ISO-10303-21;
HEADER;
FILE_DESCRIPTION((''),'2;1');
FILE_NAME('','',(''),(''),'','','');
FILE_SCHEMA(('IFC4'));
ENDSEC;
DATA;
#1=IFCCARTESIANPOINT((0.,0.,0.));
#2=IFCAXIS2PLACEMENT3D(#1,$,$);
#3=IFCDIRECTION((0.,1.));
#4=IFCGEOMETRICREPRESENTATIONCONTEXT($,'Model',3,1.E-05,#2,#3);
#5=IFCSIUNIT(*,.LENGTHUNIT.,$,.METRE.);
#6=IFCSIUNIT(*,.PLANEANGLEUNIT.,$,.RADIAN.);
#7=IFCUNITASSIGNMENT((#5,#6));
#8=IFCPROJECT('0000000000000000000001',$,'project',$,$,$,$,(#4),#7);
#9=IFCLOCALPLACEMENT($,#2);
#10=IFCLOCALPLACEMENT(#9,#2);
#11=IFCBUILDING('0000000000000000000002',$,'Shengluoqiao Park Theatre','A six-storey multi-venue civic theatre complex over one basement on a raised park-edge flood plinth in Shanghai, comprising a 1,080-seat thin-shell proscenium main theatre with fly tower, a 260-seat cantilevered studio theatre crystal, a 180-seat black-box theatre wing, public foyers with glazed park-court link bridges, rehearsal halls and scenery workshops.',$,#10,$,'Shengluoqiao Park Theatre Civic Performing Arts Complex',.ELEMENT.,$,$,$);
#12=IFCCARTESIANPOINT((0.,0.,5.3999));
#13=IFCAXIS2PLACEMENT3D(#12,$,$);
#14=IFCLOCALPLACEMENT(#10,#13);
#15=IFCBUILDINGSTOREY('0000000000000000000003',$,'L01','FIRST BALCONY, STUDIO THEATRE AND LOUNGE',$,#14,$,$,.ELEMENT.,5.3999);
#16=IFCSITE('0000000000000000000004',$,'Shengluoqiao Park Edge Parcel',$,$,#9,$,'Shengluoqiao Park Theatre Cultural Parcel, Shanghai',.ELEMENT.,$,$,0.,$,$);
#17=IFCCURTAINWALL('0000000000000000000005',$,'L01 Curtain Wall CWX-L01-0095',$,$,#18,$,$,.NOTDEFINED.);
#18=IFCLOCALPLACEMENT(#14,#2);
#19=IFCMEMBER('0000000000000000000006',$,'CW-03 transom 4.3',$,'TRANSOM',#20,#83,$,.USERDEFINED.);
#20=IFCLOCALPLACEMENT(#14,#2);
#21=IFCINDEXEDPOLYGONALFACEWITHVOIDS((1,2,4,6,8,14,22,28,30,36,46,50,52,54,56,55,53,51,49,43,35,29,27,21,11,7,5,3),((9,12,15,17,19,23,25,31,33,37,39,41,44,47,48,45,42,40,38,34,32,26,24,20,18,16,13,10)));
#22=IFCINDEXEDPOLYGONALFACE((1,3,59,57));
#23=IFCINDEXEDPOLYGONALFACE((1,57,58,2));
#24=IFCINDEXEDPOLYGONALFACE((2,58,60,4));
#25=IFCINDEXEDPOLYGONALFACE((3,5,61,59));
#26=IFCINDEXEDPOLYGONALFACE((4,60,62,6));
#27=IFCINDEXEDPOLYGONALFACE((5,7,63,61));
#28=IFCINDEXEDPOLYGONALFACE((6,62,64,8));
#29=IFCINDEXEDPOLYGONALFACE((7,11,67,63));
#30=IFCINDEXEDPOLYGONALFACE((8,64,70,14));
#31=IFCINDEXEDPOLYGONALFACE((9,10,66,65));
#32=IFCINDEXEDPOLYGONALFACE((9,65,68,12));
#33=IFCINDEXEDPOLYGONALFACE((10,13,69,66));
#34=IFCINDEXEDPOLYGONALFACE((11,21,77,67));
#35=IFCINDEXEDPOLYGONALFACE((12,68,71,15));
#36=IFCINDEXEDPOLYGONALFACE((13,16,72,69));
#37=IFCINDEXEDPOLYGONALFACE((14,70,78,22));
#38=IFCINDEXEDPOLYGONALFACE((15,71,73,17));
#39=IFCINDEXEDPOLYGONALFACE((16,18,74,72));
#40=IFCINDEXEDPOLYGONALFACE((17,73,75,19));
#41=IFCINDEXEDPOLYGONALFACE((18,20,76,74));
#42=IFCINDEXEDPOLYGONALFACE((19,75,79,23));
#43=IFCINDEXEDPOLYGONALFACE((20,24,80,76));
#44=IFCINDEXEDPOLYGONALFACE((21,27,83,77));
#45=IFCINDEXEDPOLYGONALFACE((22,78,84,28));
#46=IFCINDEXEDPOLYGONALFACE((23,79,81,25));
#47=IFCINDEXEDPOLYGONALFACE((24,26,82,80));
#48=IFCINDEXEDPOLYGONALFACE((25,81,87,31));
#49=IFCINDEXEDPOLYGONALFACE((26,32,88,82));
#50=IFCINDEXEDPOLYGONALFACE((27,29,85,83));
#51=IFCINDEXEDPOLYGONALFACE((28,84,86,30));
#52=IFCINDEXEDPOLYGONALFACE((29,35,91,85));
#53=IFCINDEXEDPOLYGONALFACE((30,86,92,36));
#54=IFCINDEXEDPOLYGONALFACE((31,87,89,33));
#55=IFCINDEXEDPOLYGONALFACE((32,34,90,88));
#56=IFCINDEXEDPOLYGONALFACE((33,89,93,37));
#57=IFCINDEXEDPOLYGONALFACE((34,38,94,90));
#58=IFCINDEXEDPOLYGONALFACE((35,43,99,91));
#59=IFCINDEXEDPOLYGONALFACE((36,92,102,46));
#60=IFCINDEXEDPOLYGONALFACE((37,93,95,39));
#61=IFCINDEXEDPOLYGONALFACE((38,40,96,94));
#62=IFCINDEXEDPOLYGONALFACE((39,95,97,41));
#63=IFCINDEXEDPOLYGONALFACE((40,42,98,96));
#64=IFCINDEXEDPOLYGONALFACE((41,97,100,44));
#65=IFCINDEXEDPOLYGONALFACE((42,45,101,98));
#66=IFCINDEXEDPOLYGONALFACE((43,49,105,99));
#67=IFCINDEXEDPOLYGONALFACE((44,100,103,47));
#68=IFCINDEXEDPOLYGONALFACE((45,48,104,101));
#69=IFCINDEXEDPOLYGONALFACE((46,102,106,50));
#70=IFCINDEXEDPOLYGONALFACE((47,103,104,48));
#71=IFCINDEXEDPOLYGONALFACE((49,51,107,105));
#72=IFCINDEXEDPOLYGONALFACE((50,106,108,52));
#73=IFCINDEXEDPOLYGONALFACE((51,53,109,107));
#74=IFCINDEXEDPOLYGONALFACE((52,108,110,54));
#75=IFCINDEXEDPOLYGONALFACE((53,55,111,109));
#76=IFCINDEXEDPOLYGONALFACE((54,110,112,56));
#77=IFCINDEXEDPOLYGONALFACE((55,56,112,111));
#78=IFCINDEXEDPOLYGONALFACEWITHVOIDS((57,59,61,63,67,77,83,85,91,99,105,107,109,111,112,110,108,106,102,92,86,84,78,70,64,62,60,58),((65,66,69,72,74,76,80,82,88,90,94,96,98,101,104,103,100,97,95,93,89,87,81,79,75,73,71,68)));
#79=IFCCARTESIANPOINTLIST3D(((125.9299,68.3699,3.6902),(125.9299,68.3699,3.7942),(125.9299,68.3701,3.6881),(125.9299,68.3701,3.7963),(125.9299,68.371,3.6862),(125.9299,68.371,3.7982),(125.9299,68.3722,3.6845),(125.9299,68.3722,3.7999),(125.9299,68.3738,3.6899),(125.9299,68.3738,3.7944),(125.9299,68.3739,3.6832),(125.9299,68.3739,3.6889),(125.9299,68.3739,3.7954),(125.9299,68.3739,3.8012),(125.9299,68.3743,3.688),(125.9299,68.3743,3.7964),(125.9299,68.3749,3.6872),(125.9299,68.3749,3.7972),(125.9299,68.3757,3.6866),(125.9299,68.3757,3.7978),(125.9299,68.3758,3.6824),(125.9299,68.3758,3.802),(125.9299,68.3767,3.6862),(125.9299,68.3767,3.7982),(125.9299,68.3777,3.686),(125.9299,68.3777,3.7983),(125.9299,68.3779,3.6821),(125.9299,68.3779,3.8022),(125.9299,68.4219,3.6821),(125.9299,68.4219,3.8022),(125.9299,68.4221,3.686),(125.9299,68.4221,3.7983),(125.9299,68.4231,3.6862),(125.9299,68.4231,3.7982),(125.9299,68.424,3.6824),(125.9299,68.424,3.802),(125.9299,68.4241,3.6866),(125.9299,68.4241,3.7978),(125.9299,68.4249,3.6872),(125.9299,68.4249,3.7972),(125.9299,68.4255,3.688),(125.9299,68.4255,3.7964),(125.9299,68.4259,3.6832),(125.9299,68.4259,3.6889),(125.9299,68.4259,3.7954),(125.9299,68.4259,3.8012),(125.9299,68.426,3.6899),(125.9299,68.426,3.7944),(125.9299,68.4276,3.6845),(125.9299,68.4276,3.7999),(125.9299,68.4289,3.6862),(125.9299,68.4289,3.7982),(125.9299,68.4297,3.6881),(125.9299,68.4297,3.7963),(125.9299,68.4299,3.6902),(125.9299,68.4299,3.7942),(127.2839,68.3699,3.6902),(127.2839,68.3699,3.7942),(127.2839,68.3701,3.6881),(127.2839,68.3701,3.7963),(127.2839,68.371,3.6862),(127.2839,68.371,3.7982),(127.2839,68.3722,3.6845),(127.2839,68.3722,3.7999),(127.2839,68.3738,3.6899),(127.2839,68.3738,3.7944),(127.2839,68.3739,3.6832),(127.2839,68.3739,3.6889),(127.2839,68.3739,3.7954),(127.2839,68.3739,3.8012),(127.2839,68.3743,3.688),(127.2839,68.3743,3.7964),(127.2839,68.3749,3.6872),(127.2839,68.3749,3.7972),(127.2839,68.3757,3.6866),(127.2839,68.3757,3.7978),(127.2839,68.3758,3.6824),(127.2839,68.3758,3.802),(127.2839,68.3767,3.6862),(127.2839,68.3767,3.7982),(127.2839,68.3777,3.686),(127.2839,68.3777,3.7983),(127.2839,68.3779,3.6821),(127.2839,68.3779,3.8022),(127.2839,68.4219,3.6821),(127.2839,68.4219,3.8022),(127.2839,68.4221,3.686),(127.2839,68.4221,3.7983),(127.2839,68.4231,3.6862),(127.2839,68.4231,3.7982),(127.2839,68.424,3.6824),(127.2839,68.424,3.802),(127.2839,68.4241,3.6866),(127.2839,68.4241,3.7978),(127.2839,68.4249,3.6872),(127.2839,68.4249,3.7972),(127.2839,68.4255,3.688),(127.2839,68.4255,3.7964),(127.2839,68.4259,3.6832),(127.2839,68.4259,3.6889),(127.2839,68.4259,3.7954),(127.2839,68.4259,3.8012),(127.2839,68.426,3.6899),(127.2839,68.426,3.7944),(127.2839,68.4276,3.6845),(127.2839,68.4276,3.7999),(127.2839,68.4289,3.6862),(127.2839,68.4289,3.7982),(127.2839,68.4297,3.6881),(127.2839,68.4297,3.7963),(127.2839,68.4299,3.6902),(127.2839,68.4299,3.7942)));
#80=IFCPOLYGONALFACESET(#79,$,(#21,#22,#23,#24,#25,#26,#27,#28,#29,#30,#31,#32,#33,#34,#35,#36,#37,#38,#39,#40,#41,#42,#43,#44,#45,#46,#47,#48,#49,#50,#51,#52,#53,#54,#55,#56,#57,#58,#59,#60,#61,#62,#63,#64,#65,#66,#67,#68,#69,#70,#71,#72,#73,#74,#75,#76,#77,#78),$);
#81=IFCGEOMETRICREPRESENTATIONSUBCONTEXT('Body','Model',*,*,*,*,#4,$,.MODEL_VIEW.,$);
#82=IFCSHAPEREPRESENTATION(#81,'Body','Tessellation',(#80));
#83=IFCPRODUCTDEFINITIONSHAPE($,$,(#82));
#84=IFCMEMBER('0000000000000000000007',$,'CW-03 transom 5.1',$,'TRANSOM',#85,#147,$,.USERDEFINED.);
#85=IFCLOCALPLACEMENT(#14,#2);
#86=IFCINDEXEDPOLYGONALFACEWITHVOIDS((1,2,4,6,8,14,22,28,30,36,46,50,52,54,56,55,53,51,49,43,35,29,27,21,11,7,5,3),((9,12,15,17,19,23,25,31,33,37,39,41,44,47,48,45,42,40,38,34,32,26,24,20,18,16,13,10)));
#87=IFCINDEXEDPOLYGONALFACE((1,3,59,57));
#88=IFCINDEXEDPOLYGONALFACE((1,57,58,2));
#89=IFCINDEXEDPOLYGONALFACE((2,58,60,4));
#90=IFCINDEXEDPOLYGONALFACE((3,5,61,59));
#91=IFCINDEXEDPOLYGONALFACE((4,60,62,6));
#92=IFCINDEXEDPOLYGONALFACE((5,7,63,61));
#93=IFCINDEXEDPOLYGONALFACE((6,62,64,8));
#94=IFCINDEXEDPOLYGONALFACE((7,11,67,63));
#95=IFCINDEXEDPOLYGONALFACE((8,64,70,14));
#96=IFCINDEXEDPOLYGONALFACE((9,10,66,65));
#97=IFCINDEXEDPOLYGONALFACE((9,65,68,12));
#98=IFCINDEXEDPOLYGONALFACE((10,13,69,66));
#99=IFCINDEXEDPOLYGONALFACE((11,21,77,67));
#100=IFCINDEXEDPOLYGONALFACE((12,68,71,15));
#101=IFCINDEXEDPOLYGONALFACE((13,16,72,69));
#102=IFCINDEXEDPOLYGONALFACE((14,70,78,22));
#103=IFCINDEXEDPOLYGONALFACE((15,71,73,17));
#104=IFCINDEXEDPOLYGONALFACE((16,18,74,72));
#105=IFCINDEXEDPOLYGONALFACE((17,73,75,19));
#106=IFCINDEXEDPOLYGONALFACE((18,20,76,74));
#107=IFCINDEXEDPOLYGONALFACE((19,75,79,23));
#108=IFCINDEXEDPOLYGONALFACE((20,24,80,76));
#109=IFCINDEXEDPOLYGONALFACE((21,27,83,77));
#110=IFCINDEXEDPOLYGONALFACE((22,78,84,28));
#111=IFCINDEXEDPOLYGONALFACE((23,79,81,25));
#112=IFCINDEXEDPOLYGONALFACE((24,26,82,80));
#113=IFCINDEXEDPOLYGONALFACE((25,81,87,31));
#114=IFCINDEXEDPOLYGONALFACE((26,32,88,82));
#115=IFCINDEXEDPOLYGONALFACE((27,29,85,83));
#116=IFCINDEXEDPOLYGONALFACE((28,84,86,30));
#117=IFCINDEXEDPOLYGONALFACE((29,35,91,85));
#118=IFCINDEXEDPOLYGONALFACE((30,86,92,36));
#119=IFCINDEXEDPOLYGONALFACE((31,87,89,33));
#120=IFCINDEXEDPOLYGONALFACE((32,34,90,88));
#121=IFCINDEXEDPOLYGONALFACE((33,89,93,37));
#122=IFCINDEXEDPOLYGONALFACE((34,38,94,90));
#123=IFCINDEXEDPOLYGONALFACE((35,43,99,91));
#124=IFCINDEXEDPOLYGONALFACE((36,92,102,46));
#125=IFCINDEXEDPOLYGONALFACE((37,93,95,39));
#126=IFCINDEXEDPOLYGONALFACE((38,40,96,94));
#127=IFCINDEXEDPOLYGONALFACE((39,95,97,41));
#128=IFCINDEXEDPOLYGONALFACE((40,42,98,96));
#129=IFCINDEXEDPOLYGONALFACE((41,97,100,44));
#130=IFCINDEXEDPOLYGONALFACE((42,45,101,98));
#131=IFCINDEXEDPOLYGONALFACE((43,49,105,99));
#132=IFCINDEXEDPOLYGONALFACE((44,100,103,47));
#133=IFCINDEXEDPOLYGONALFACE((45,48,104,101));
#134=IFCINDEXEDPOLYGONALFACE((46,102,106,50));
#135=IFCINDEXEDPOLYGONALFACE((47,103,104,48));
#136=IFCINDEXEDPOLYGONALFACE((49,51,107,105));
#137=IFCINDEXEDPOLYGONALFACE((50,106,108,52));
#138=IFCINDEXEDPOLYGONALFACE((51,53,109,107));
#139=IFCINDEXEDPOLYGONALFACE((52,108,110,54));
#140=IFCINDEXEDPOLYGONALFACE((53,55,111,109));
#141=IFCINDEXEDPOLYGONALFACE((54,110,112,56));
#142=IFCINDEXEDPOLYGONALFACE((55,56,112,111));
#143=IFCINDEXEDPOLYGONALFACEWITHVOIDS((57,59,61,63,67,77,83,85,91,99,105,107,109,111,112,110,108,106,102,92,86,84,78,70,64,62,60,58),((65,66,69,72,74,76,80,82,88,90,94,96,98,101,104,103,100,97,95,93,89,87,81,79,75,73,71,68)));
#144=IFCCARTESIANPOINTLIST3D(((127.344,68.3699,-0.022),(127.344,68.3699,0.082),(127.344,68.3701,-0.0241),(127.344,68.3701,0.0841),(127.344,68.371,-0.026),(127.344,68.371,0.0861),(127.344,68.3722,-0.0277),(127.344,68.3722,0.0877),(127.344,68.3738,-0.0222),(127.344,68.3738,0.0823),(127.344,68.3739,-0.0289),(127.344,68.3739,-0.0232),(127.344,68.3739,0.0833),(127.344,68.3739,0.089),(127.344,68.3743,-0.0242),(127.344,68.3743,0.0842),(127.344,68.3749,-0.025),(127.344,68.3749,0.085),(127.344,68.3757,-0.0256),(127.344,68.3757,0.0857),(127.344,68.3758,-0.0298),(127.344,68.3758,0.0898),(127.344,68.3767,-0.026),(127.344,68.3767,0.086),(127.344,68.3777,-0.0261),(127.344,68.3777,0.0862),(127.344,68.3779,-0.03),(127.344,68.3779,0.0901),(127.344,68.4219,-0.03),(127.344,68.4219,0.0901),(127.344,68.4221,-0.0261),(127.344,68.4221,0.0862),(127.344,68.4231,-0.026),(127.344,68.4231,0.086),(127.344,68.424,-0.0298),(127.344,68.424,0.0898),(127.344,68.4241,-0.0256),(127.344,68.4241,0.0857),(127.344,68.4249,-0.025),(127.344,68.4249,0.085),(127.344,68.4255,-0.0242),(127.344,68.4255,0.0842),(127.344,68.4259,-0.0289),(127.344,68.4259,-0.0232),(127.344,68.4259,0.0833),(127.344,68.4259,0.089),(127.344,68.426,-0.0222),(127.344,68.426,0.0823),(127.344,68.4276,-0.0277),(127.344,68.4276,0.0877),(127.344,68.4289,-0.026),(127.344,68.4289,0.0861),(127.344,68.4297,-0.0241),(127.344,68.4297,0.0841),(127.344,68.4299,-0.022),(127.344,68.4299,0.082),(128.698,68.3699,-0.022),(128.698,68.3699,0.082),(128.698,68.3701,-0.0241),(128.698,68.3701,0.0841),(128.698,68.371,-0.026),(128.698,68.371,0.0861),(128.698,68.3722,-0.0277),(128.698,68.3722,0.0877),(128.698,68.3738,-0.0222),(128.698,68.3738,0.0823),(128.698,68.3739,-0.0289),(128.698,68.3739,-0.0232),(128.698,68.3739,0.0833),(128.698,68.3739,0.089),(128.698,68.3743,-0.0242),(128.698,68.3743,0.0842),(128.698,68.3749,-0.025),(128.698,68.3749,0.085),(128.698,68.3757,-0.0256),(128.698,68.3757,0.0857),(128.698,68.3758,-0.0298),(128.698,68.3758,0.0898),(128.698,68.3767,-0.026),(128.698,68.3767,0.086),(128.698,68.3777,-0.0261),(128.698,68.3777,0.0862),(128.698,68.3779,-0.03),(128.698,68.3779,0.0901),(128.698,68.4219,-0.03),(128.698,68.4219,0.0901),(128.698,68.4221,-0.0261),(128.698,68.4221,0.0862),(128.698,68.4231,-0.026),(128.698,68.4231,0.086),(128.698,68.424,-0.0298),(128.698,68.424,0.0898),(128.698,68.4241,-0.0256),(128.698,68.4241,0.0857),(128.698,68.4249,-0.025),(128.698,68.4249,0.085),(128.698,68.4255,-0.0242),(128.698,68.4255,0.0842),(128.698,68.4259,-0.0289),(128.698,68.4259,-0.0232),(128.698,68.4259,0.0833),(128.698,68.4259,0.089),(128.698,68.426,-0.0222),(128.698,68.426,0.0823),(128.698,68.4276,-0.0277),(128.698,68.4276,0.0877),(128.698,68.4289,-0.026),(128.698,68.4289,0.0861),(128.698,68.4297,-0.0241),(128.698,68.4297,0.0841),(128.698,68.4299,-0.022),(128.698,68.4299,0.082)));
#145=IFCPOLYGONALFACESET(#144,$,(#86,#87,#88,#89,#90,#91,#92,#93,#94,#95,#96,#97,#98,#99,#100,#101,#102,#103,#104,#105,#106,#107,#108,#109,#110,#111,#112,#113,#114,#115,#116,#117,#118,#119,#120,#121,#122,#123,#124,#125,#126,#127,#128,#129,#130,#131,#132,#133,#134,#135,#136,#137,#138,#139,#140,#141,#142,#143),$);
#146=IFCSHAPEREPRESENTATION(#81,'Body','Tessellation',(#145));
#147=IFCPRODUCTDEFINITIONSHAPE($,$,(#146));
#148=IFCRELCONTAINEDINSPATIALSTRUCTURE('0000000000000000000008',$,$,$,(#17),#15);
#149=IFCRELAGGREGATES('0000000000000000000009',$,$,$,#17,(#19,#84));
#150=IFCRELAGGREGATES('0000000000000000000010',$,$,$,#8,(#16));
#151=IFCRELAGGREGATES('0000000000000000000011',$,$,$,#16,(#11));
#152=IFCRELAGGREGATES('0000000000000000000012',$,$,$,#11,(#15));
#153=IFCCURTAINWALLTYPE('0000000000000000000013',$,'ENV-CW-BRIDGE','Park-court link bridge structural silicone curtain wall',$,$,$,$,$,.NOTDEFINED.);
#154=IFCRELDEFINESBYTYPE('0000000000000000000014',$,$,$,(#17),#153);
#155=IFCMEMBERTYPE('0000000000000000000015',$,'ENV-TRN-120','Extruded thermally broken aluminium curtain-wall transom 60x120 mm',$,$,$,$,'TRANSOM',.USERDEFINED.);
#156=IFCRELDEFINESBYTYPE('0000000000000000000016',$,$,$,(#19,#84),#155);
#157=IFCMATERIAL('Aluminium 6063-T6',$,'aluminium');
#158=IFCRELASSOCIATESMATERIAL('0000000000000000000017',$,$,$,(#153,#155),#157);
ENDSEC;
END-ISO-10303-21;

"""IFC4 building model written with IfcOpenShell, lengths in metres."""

from ifc_helpers import new_model, si_unit, direction, frame, origin, origin_2d, place, context, subcontext, project, spatial, hollow_rectangle, extrude, material, material_profile, profile_set, type_object, element, aggregate, save


model = new_model("IFC4")

# Units and contexts
model_context = context("Model", 3, precision=1e-05, world=origin(), true_north=direction((0.0, 1.0)))
body_context = subcontext(model_context, "Body", "Model", "MODEL_VIEW")
ifc_project = project(units=[si_unit("LENGTHUNIT", "METRE"), si_unit("PLANEANGLEUNIT", "RADIAN")], contexts=[model_context])

# Site, building, storey
site_placement = place(None, origin())
site = spatial("IfcSite", under=ifc_project, at=site_placement, Name="Shengluoqiao Park Edge Parcel", LongName="Shengluoqiao Park Theatre Cultural Parcel, Shanghai", CompositionType="ELEMENT", RefElevation=0.0)
building_placement = place(site_placement, origin())
building = spatial("IfcBuilding", under=site, at=building_placement, Name="Shengluoqiao Park Theatre", Description="A six-storey multi-venue civic theatre complex over one basement on a raised park-edge flood plinth in Shanghai, comprising a 1,080-seat thin-shell proscenium main theatre with fly tower, a 260-seat cantilevered studio theatre crystal, a 180-seat black-box theatre wing, public foyers with glazed park-court link bridges, rehearsal halls and scenery workshops.", LongName="Shengluoqiao Park Theatre Civic Performing Arts Complex", CompositionType="ELEMENT")
storey_placement = place(building_placement, frame((0.0, 0.0, 5.3999)))
storey = spatial("IfcBuildingStorey", under=building, at=storey_placement, Name="L01", Description="FIRST BALCONY, STUDIO THEATRE AND LOUNGE", CompositionType="ELEMENT", Elevation=5.3999)

# Curtain wall
ifc_material_1 = material(Name="Aluminium 6063-T6", Category="aluminium")
curtain_wall_type = type_object("IfcCurtainWallType", Name="ENV-CW-BRIDGE", Description="Park-court link bridge structural silicone curtain wall", PredefinedType="NOTDEFINED", material=ifc_material_1)
curtain_wall_1_placement = place(storey_placement, origin())
curtain_wall_1 = element("IfcCurtainWall", 1, at=curtain_wall_1_placement, inside=storey, type_object=curtain_wall_type, Name="L01 Curtain Wall CWX-L01-0095", PredefinedType="NOTDEFINED")

# Members
ifc_material_profile_1 = material_profile(ifc_material_1, hollow_rectangle(XDim=0.0601, YDim=0.1201, WallThickness=0.0039, InnerFilletRadius=0.0039, OuterFilletRadius=0.0081, at=origin_2d()), Name="ALU TRANSOM 120x60x4")
ifc_profile_set_1 = profile_set([ifc_material_profile_1], Name="Aluminium 6063-T6")
member_type_1 = type_object("IfcMemberType", Name="ENV-TRN-120", Description="Extruded thermally broken aluminium curtain-wall transom 60x120 mm", ElementType="TRANSOM", PredefinedType="USERDEFINED", material=ifc_profile_set_1)
member_1_placement = place(storey_placement, frame((125.9299, 68.3999, 3.7422), z_axis=(1.0, 0.0, 0.0), x_axis=(0.0, 1.0, 0.0)))
member_1 = element("IfcMember", 2, at=member_1_placement, type_object=member_type_1, Name="CW-03 transom 4.3", ObjectType="TRANSOM", PredefinedType="USERDEFINED", context=body_context, shape_type="SweptSolid", body=[
    extrude(hollow_rectangle(XDim=0.0601, YDim=0.1201, WallThickness=0.0039, InnerFilletRadius=0.0039, OuterFilletRadius=0.0081, at=origin_2d()), origin(), (0.0, 0.0, 1.0), 1.354),
])
member_2_placement = place(storey_placement, frame((127.344, 68.3999, 0.03), z_axis=(1.0, 0.0, 0.0), x_axis=(0.0, 1.0, 0.0)))
member_2 = element("IfcMember", 3, at=member_2_placement, type_object=member_type_1, Name="CW-03 transom 5.1", ObjectType="TRANSOM", PredefinedType="USERDEFINED", context=body_context, shape_type="SweptSolid", body=[
    extrude(hollow_rectangle(XDim=0.0601, YDim=0.1201, WallThickness=0.0039, InnerFilletRadius=0.0039, OuterFilletRadius=0.0081, at=origin_2d()), origin(), (0.0, 0.0, 1.0), 1.354),
])

aggregate(curtain_wall_1, [member_1, member_2])

save(model, "model.ifc")
